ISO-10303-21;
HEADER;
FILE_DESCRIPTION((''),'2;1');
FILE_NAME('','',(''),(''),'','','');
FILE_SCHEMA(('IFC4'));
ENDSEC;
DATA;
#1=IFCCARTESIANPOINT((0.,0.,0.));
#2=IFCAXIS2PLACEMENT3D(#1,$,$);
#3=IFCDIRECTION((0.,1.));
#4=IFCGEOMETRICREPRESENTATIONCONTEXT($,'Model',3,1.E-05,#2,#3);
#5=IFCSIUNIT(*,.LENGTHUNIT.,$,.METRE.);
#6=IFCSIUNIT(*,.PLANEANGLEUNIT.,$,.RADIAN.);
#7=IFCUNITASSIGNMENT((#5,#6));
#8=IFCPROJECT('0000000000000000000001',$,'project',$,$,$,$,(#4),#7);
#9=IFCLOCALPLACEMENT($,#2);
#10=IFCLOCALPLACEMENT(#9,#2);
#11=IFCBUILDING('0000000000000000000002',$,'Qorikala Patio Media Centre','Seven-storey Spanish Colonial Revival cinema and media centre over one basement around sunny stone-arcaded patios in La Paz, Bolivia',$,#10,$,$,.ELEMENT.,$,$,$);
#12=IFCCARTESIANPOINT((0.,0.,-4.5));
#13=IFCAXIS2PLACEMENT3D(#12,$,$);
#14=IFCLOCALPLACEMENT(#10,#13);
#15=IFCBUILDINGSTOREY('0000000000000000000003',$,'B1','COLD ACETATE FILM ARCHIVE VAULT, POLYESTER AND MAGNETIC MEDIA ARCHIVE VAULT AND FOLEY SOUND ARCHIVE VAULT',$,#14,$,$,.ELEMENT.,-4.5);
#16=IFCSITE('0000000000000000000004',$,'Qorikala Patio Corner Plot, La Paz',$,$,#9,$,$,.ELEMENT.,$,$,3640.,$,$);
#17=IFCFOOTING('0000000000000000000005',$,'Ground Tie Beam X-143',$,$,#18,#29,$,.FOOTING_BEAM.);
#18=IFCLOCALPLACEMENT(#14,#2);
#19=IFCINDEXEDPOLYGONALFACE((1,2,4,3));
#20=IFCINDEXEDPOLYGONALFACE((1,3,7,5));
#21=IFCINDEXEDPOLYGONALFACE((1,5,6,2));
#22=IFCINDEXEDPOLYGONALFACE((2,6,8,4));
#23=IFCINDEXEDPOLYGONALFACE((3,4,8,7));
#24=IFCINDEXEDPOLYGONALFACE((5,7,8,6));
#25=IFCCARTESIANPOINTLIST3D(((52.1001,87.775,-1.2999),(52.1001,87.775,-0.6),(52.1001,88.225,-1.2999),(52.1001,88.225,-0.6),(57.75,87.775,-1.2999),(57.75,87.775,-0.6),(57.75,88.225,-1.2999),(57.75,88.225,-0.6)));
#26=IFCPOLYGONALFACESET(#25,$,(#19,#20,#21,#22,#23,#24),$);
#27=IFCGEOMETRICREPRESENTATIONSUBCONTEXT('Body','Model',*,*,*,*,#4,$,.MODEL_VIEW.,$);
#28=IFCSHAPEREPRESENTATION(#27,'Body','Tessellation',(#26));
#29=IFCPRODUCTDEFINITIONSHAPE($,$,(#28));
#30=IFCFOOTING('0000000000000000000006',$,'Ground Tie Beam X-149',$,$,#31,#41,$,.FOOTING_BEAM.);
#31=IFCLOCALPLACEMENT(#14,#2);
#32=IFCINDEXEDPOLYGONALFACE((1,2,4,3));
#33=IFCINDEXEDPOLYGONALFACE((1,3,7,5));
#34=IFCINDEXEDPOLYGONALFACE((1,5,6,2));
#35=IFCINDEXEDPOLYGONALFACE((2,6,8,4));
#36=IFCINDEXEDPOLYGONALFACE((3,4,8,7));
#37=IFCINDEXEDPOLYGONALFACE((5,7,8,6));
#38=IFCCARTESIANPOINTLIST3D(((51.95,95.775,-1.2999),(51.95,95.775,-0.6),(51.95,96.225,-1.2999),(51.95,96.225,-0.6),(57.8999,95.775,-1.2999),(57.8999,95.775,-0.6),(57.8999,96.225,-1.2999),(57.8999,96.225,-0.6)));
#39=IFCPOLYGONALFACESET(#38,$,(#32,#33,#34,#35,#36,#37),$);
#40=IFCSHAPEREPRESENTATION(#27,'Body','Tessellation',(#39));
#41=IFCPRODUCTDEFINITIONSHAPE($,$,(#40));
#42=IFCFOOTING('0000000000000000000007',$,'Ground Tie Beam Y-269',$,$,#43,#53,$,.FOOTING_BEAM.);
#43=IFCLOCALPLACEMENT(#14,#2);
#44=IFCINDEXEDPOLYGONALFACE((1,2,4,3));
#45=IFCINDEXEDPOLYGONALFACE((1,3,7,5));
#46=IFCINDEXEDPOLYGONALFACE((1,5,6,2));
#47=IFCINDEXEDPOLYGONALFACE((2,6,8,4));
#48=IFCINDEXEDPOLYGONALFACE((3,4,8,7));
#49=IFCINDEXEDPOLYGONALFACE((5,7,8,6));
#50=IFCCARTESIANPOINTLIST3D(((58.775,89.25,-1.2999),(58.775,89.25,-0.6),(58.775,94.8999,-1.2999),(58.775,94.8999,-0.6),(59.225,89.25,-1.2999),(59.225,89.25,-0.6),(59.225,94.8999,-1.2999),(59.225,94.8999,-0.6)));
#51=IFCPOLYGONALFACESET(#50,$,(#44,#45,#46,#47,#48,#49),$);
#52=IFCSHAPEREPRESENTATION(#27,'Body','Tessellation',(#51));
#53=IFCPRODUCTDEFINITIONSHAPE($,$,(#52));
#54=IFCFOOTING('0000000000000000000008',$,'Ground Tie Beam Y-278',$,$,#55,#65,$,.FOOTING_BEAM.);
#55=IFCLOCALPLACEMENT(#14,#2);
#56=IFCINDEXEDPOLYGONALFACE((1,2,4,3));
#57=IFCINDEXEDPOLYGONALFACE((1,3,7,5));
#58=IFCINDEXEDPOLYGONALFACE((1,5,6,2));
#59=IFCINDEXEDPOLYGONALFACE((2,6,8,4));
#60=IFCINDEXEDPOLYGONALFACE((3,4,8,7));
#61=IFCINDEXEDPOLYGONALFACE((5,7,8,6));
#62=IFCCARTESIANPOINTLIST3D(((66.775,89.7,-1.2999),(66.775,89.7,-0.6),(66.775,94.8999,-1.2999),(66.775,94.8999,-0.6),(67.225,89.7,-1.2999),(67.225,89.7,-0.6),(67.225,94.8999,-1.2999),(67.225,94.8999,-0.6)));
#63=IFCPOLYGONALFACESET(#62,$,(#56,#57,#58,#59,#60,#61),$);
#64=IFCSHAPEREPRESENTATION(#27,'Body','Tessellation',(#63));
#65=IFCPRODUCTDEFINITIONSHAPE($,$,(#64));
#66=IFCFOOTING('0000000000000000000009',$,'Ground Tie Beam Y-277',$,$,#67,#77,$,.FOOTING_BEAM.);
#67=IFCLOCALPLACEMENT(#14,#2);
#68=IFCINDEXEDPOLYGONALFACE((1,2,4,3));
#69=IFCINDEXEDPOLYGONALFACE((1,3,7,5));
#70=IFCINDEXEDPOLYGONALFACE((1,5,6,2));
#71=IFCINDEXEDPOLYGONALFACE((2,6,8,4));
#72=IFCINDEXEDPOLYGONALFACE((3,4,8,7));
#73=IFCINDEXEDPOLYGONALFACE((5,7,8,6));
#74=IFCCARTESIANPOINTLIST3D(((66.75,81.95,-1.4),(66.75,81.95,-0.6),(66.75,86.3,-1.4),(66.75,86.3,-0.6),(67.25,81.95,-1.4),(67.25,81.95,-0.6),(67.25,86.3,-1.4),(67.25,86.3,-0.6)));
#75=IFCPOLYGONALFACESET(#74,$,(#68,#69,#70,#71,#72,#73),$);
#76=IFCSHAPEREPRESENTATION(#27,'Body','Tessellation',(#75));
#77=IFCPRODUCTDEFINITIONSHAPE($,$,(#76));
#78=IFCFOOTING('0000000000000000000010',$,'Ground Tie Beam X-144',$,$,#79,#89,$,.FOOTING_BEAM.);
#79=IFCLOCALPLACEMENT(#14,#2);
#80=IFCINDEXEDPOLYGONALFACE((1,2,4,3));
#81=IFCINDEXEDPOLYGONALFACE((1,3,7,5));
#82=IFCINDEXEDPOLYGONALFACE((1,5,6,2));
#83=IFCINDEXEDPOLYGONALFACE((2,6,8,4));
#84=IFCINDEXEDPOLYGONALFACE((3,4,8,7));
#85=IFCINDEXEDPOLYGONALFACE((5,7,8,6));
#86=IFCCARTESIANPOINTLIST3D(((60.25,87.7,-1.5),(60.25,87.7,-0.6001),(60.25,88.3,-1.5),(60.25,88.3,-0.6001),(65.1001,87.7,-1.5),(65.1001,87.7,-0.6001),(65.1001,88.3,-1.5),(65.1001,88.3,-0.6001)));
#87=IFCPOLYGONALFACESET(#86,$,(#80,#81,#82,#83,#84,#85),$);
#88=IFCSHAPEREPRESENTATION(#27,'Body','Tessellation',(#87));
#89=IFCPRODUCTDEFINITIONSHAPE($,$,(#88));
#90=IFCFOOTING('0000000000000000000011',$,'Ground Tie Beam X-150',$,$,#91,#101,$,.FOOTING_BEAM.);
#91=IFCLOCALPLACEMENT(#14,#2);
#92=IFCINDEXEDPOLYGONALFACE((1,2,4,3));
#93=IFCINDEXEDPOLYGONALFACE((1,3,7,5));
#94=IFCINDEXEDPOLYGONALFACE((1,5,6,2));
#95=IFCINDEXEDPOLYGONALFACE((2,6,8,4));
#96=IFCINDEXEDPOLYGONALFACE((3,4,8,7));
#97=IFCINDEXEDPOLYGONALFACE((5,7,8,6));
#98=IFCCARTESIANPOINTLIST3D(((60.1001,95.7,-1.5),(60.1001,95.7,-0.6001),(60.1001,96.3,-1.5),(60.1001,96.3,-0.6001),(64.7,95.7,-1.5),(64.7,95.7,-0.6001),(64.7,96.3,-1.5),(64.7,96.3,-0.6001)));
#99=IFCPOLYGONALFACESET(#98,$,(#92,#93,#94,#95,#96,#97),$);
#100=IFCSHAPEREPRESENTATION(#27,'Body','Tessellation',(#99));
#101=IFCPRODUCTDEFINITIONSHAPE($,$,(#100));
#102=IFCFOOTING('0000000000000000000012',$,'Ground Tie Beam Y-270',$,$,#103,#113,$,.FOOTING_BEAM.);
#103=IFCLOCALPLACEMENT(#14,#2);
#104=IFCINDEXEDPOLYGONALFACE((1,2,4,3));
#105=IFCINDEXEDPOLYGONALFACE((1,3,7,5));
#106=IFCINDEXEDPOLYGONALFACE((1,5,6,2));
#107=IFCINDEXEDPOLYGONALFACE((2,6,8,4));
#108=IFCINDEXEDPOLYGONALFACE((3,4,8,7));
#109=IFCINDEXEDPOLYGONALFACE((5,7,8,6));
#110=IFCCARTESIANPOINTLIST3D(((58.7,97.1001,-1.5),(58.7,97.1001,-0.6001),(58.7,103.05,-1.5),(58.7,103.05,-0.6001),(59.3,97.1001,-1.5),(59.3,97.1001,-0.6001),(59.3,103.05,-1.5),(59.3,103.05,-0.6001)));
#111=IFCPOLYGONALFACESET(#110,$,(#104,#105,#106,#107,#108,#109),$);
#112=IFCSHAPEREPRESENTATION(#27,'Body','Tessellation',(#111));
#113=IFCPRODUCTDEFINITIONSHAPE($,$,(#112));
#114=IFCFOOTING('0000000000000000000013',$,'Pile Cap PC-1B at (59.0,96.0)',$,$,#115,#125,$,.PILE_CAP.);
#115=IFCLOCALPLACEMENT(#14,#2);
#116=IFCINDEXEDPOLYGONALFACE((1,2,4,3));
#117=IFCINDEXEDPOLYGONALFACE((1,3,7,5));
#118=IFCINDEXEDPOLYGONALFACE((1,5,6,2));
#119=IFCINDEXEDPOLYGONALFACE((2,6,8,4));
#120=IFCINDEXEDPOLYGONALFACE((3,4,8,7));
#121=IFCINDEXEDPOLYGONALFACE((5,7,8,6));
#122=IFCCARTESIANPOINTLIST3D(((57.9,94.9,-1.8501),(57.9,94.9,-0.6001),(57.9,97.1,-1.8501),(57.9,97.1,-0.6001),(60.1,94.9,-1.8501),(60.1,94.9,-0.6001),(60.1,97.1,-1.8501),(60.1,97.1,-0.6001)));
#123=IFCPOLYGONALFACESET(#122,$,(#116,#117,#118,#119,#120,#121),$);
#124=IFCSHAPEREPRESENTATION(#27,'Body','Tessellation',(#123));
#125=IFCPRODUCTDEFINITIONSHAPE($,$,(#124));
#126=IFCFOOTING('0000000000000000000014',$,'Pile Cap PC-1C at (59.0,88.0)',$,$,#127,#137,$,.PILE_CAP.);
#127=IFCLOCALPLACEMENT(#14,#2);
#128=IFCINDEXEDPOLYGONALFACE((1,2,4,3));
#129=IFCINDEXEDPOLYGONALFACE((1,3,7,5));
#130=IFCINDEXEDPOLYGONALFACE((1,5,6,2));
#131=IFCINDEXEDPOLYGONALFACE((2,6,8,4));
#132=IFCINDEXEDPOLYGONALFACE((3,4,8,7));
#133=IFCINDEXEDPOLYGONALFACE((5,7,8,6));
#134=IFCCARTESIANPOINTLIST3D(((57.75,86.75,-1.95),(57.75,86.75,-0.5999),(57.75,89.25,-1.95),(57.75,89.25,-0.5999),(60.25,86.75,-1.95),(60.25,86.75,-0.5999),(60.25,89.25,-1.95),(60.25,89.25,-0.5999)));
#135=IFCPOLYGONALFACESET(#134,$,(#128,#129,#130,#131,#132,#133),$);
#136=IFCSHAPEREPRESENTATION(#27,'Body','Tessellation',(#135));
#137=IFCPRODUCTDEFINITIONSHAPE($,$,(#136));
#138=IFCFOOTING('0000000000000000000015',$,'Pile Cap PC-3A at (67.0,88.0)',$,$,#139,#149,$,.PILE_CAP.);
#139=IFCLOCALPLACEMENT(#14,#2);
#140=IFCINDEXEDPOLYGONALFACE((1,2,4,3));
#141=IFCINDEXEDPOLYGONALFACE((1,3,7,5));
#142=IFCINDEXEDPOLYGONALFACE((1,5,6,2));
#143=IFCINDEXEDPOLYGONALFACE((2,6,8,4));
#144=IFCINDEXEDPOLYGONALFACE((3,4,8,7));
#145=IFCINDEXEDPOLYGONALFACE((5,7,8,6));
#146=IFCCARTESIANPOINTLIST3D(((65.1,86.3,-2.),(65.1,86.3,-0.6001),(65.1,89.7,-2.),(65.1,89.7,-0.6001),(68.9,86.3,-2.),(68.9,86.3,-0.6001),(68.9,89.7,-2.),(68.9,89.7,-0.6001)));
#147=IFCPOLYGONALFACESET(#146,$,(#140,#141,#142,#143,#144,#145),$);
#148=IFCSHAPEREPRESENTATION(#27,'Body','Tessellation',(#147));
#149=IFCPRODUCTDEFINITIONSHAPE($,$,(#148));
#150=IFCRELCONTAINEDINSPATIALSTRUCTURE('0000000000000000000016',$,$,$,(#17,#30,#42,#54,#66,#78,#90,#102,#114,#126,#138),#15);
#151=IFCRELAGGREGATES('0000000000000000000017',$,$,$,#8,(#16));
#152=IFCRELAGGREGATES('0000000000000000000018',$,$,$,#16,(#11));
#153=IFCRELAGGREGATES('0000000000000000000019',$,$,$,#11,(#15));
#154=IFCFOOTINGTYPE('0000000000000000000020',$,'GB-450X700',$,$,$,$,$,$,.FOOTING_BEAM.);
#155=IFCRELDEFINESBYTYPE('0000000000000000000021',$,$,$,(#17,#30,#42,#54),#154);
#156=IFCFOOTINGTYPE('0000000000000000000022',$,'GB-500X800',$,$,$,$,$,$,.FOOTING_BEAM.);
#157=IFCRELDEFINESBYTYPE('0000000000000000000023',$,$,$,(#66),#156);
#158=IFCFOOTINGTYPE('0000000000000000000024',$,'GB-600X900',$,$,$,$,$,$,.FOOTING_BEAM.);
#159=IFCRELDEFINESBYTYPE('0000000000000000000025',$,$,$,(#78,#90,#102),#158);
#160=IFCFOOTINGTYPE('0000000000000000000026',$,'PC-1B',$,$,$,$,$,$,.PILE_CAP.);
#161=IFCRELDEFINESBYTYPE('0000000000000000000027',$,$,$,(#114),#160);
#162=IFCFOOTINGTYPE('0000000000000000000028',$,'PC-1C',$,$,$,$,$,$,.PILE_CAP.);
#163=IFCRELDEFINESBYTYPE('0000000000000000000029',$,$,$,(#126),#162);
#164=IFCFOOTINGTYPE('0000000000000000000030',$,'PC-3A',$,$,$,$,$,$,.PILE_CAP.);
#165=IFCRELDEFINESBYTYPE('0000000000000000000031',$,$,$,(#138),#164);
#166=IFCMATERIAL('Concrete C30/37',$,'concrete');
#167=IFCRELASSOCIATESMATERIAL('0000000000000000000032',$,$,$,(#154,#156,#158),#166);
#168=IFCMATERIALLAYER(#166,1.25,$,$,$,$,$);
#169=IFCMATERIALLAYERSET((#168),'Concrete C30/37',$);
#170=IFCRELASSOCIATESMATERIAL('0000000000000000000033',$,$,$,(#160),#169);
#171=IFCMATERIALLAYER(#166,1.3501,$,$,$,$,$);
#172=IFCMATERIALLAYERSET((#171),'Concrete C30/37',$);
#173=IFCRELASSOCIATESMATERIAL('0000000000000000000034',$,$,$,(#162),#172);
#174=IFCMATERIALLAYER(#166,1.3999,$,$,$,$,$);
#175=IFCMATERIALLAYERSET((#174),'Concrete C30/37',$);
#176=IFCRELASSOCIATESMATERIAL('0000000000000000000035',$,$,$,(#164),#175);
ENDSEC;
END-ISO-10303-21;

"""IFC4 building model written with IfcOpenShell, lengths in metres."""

from ifc_helpers import new_model, si_unit, direction, frame, origin, origin_2d, place, context, subcontext, project, spatial, rectangle, extrude, material, layer, layer_set, material_profile, profile_set, type_object, element, save


model = new_model("IFC4")

# Units and contexts
model_context = context("Model", 3, precision=1e-05, world=origin(), true_north=direction((0.0, 1.0)))
body_context = subcontext(model_context, "Body", "Model", "MODEL_VIEW")
ifc_project = project(units=[si_unit("LENGTHUNIT", "METRE"), si_unit("PLANEANGLEUNIT", "RADIAN")], contexts=[model_context])

# Site, building, storey
site_placement = place(None, origin())
site = spatial("IfcSite", under=ifc_project, at=site_placement, Name="Qorikala Patio Corner Plot, La Paz", CompositionType="ELEMENT", RefElevation=3640.0)
building_placement = place(site_placement, origin())
building = spatial("IfcBuilding", under=site, at=building_placement, Name="Qorikala Patio Media Centre", Description="Seven-storey Spanish Colonial Revival cinema and media centre over one basement around sunny stone-arcaded patios in La Paz, Bolivia", CompositionType="ELEMENT")
storey_placement = place(building_placement, frame((0.0, 0.0, -4.5)))
storey = spatial("IfcBuildingStorey", under=building, at=storey_placement, Name="B1", Description="COLD ACETATE FILM ARCHIVE VAULT, POLYESTER AND MAGNETIC MEDIA ARCHIVE VAULT AND FOLEY SOUND ARCHIVE VAULT", CompositionType="ELEMENT", Elevation=-4.5)

# Footings
ifc_material_1 = material(Name="Concrete C30/37", Category="concrete")
ifc_material_profile_1 = material_profile(ifc_material_1, rectangle(XDim=0.45, YDim=0.7, at=origin_2d()), Name="RC 450x700")
ifc_profile_set_1 = profile_set([ifc_material_profile_1], Name="Concrete C30/37")
footing_type_1 = type_object("IfcFootingType", Name="GB-450X700", PredefinedType="FOOTING_BEAM", material=ifc_profile_set_1)
footing_1_placement = place(storey_placement, frame((52.1001, 88.0, -0.95), z_axis=(1.0, 0.0, 0.0), x_axis=(0.0, 1.0, 0.0)))
element("IfcFooting", 1, at=footing_1_placement, inside=storey, type_object=footing_type_1, Name="Ground Tie Beam X-143", PredefinedType="FOOTING_BEAM", context=body_context, shape_type="SweptSolid", body=[
    extrude(rectangle(XDim=0.45, YDim=0.7, at=origin_2d()), origin(), (0.0, 0.0, 1.0), 5.6499),
])
footing_2_placement = place(storey_placement, frame((51.95, 96.0, -0.95), z_axis=(1.0, 0.0, 0.0), x_axis=(0.0, 1.0, 0.0)))
element("IfcFooting", 2, at=footing_2_placement, inside=storey, type_object=footing_type_1, Name="Ground Tie Beam X-149", PredefinedType="FOOTING_BEAM", context=body_context, shape_type="SweptSolid", body=[
    extrude(rectangle(XDim=0.45, YDim=0.7, at=origin_2d()), origin(), (0.0, 0.0, 1.0), 5.95),
])
footing_3_placement = place(storey_placement, frame((59.0, 89.25, -0.95), z_axis=(0.0, 1.0, 0.0), x_axis=(-1.0, 0.0, 0.0)))
element("IfcFooting", 3, at=footing_3_placement, inside=storey, type_object=footing_type_1, Name="Ground Tie Beam Y-269", PredefinedType="FOOTING_BEAM", context=body_context, shape_type="SweptSolid", body=[
    extrude(rectangle(XDim=0.45, YDim=0.7, at=origin_2d()), origin(), (0.0, 0.0, 1.0), 5.6499),
])
footing_4_placement = place(storey_placement, frame((67.0, 89.7, -0.95), z_axis=(0.0, 1.0, 0.0), x_axis=(-1.0, 0.0, 0.0)))
element("IfcFooting", 4, at=footing_4_placement, inside=storey, type_object=footing_type_1, Name="Ground Tie Beam Y-278", PredefinedType="FOOTING_BEAM", context=body_context, shape_type="SweptSolid", body=[
    extrude(rectangle(XDim=0.45, YDim=0.7, at=origin_2d()), origin(), (0.0, 0.0, 1.0), 5.2),
])
ifc_material_profile_2 = material_profile(ifc_material_1, rectangle(XDim=0.5, YDim=0.8, at=origin_2d()), Name="RC 500x800")
ifc_profile_set_2 = profile_set([ifc_material_profile_2], Name="Concrete C30/37")
footing_type_2 = type_object("IfcFootingType", Name="GB-500X800", PredefinedType="FOOTING_BEAM", material=ifc_profile_set_2)
footing_5_placement = place(storey_placement, frame((67.0, 81.95, -1.0), z_axis=(0.0, 1.0, 0.0), x_axis=(-1.0, 0.0, 0.0)))
element("IfcFooting", 5, at=footing_5_placement, inside=storey, type_object=footing_type_2, Name="Ground Tie Beam Y-277", PredefinedType="FOOTING_BEAM", context=body_context, shape_type="SweptSolid", body=[
    extrude(rectangle(XDim=0.5, YDim=0.8, at=origin_2d()), origin(), (0.0, 0.0, 1.0), 4.3501),
])
ifc_material_profile_3 = material_profile(ifc_material_1, rectangle(XDim=0.6001, YDim=0.8999, at=origin_2d()), Name="RC 600x900")
ifc_profile_set_3 = profile_set([ifc_material_profile_3], Name="Concrete C30/37")
footing_type_3 = type_object("IfcFootingType", Name="GB-600X900", PredefinedType="FOOTING_BEAM", material=ifc_profile_set_3)
footing_6_placement = place(storey_placement, frame((60.25, 88.0, -1.05), z_axis=(1.0, 0.0, 0.0), x_axis=(0.0, 1.0, 0.0)))
element("IfcFooting", 6, at=footing_6_placement, inside=storey, type_object=footing_type_3, Name="Ground Tie Beam X-144", PredefinedType="FOOTING_BEAM", context=body_context, shape_type="SweptSolid", body=[
    extrude(rectangle(XDim=0.6001, YDim=0.8999, at=origin_2d()), origin(), (0.0, 0.0, 1.0), 4.8501),
])
footing_7_placement = place(storey_placement, frame((60.1001, 96.0, -1.05), z_axis=(1.0, 0.0, 0.0), x_axis=(0.0, 1.0, 0.0)))
element("IfcFooting", 7, at=footing_7_placement, inside=storey, type_object=footing_type_3, Name="Ground Tie Beam X-150", PredefinedType="FOOTING_BEAM", context=body_context, shape_type="SweptSolid", body=[
    extrude(rectangle(XDim=0.6001, YDim=0.8999, at=origin_2d()), origin(), (0.0, 0.0, 1.0), 4.5999),
])
footing_8_placement = place(storey_placement, frame((59.0, 97.1001, -1.05), z_axis=(0.0, 1.0, 0.0), x_axis=(-1.0, 0.0, 0.0)))
element("IfcFooting", 8, at=footing_8_placement, inside=storey, type_object=footing_type_3, Name="Ground Tie Beam Y-270", PredefinedType="FOOTING_BEAM", context=body_context, shape_type="SweptSolid", body=[
    extrude(rectangle(XDim=0.6001, YDim=0.8999, at=origin_2d()), origin(), (0.0, 0.0, 1.0), 5.95),
])
ifc_layer_1 = layer(ifc_material_1, 1.25)
ifc_layer_set_1 = layer_set([ifc_layer_1], Name="Concrete C30/37")
footing_type_4 = type_object("IfcFootingType", Name="PC-1B", PredefinedType="PILE_CAP", material=ifc_layer_set_1)
footing_9_placement = place(storey_placement, frame((59.0, 96.0, -1.8501), z_axis=(0.0, 0.0, 1.0), x_axis=(1.0, 0.0, 0.0)))
element("IfcFooting", 9, at=footing_9_placement, inside=storey, type_object=footing_type_4, Name="Pile Cap PC-1B at (59.0,96.0)", PredefinedType="PILE_CAP", context=body_context, shape_type="SweptSolid", body=[
    extrude(rectangle(XDim=2.2, YDim=2.2, at=origin_2d()), origin(), (0.0, 0.0, 1.0), 1.25),
])
ifc_layer_2 = layer(ifc_material_1, 1.3501)
ifc_layer_set_2 = layer_set([ifc_layer_2], Name="Concrete C30/37")
footing_type_5 = type_object("IfcFootingType", Name="PC-1C", PredefinedType="PILE_CAP", material=ifc_layer_set_2)
footing_10_placement = place(storey_placement, frame((59.0, 88.0, -1.95), z_axis=(0.0, 0.0, 1.0), x_axis=(1.0, 0.0, 0.0)))
element("IfcFooting", 10, at=footing_10_placement, inside=storey, type_object=footing_type_5, Name="Pile Cap PC-1C at (59.0,88.0)", PredefinedType="PILE_CAP", context=body_context, shape_type="SweptSolid", body=[
    extrude(rectangle(XDim=2.5, YDim=2.5, at=origin_2d()), origin(), (0.0, 0.0, 1.0), 1.3501),
])
ifc_layer_3 = layer(ifc_material_1, 1.3999)
ifc_layer_set_3 = layer_set([ifc_layer_3], Name="Concrete C30/37")
footing_type_6 = type_object("IfcFootingType", Name="PC-3A", PredefinedType="PILE_CAP", material=ifc_layer_set_3)
footing_11_placement = place(storey_placement, frame((67.0, 88.0, -2.0), z_axis=(0.0, 0.0, 1.0), x_axis=(1.0, 0.0, 0.0)))
element("IfcFooting", 11, at=footing_11_placement, inside=storey, type_object=footing_type_6, Name="Pile Cap PC-3A at (67.0,88.0)", PredefinedType="PILE_CAP", context=body_context, shape_type="SweptSolid", body=[
    extrude(rectangle(XDim=3.8, YDim=3.3999, at=origin_2d()), origin(), (0.0, 0.0, 1.0), 1.3999),
])

save(model, "model.ifc")
